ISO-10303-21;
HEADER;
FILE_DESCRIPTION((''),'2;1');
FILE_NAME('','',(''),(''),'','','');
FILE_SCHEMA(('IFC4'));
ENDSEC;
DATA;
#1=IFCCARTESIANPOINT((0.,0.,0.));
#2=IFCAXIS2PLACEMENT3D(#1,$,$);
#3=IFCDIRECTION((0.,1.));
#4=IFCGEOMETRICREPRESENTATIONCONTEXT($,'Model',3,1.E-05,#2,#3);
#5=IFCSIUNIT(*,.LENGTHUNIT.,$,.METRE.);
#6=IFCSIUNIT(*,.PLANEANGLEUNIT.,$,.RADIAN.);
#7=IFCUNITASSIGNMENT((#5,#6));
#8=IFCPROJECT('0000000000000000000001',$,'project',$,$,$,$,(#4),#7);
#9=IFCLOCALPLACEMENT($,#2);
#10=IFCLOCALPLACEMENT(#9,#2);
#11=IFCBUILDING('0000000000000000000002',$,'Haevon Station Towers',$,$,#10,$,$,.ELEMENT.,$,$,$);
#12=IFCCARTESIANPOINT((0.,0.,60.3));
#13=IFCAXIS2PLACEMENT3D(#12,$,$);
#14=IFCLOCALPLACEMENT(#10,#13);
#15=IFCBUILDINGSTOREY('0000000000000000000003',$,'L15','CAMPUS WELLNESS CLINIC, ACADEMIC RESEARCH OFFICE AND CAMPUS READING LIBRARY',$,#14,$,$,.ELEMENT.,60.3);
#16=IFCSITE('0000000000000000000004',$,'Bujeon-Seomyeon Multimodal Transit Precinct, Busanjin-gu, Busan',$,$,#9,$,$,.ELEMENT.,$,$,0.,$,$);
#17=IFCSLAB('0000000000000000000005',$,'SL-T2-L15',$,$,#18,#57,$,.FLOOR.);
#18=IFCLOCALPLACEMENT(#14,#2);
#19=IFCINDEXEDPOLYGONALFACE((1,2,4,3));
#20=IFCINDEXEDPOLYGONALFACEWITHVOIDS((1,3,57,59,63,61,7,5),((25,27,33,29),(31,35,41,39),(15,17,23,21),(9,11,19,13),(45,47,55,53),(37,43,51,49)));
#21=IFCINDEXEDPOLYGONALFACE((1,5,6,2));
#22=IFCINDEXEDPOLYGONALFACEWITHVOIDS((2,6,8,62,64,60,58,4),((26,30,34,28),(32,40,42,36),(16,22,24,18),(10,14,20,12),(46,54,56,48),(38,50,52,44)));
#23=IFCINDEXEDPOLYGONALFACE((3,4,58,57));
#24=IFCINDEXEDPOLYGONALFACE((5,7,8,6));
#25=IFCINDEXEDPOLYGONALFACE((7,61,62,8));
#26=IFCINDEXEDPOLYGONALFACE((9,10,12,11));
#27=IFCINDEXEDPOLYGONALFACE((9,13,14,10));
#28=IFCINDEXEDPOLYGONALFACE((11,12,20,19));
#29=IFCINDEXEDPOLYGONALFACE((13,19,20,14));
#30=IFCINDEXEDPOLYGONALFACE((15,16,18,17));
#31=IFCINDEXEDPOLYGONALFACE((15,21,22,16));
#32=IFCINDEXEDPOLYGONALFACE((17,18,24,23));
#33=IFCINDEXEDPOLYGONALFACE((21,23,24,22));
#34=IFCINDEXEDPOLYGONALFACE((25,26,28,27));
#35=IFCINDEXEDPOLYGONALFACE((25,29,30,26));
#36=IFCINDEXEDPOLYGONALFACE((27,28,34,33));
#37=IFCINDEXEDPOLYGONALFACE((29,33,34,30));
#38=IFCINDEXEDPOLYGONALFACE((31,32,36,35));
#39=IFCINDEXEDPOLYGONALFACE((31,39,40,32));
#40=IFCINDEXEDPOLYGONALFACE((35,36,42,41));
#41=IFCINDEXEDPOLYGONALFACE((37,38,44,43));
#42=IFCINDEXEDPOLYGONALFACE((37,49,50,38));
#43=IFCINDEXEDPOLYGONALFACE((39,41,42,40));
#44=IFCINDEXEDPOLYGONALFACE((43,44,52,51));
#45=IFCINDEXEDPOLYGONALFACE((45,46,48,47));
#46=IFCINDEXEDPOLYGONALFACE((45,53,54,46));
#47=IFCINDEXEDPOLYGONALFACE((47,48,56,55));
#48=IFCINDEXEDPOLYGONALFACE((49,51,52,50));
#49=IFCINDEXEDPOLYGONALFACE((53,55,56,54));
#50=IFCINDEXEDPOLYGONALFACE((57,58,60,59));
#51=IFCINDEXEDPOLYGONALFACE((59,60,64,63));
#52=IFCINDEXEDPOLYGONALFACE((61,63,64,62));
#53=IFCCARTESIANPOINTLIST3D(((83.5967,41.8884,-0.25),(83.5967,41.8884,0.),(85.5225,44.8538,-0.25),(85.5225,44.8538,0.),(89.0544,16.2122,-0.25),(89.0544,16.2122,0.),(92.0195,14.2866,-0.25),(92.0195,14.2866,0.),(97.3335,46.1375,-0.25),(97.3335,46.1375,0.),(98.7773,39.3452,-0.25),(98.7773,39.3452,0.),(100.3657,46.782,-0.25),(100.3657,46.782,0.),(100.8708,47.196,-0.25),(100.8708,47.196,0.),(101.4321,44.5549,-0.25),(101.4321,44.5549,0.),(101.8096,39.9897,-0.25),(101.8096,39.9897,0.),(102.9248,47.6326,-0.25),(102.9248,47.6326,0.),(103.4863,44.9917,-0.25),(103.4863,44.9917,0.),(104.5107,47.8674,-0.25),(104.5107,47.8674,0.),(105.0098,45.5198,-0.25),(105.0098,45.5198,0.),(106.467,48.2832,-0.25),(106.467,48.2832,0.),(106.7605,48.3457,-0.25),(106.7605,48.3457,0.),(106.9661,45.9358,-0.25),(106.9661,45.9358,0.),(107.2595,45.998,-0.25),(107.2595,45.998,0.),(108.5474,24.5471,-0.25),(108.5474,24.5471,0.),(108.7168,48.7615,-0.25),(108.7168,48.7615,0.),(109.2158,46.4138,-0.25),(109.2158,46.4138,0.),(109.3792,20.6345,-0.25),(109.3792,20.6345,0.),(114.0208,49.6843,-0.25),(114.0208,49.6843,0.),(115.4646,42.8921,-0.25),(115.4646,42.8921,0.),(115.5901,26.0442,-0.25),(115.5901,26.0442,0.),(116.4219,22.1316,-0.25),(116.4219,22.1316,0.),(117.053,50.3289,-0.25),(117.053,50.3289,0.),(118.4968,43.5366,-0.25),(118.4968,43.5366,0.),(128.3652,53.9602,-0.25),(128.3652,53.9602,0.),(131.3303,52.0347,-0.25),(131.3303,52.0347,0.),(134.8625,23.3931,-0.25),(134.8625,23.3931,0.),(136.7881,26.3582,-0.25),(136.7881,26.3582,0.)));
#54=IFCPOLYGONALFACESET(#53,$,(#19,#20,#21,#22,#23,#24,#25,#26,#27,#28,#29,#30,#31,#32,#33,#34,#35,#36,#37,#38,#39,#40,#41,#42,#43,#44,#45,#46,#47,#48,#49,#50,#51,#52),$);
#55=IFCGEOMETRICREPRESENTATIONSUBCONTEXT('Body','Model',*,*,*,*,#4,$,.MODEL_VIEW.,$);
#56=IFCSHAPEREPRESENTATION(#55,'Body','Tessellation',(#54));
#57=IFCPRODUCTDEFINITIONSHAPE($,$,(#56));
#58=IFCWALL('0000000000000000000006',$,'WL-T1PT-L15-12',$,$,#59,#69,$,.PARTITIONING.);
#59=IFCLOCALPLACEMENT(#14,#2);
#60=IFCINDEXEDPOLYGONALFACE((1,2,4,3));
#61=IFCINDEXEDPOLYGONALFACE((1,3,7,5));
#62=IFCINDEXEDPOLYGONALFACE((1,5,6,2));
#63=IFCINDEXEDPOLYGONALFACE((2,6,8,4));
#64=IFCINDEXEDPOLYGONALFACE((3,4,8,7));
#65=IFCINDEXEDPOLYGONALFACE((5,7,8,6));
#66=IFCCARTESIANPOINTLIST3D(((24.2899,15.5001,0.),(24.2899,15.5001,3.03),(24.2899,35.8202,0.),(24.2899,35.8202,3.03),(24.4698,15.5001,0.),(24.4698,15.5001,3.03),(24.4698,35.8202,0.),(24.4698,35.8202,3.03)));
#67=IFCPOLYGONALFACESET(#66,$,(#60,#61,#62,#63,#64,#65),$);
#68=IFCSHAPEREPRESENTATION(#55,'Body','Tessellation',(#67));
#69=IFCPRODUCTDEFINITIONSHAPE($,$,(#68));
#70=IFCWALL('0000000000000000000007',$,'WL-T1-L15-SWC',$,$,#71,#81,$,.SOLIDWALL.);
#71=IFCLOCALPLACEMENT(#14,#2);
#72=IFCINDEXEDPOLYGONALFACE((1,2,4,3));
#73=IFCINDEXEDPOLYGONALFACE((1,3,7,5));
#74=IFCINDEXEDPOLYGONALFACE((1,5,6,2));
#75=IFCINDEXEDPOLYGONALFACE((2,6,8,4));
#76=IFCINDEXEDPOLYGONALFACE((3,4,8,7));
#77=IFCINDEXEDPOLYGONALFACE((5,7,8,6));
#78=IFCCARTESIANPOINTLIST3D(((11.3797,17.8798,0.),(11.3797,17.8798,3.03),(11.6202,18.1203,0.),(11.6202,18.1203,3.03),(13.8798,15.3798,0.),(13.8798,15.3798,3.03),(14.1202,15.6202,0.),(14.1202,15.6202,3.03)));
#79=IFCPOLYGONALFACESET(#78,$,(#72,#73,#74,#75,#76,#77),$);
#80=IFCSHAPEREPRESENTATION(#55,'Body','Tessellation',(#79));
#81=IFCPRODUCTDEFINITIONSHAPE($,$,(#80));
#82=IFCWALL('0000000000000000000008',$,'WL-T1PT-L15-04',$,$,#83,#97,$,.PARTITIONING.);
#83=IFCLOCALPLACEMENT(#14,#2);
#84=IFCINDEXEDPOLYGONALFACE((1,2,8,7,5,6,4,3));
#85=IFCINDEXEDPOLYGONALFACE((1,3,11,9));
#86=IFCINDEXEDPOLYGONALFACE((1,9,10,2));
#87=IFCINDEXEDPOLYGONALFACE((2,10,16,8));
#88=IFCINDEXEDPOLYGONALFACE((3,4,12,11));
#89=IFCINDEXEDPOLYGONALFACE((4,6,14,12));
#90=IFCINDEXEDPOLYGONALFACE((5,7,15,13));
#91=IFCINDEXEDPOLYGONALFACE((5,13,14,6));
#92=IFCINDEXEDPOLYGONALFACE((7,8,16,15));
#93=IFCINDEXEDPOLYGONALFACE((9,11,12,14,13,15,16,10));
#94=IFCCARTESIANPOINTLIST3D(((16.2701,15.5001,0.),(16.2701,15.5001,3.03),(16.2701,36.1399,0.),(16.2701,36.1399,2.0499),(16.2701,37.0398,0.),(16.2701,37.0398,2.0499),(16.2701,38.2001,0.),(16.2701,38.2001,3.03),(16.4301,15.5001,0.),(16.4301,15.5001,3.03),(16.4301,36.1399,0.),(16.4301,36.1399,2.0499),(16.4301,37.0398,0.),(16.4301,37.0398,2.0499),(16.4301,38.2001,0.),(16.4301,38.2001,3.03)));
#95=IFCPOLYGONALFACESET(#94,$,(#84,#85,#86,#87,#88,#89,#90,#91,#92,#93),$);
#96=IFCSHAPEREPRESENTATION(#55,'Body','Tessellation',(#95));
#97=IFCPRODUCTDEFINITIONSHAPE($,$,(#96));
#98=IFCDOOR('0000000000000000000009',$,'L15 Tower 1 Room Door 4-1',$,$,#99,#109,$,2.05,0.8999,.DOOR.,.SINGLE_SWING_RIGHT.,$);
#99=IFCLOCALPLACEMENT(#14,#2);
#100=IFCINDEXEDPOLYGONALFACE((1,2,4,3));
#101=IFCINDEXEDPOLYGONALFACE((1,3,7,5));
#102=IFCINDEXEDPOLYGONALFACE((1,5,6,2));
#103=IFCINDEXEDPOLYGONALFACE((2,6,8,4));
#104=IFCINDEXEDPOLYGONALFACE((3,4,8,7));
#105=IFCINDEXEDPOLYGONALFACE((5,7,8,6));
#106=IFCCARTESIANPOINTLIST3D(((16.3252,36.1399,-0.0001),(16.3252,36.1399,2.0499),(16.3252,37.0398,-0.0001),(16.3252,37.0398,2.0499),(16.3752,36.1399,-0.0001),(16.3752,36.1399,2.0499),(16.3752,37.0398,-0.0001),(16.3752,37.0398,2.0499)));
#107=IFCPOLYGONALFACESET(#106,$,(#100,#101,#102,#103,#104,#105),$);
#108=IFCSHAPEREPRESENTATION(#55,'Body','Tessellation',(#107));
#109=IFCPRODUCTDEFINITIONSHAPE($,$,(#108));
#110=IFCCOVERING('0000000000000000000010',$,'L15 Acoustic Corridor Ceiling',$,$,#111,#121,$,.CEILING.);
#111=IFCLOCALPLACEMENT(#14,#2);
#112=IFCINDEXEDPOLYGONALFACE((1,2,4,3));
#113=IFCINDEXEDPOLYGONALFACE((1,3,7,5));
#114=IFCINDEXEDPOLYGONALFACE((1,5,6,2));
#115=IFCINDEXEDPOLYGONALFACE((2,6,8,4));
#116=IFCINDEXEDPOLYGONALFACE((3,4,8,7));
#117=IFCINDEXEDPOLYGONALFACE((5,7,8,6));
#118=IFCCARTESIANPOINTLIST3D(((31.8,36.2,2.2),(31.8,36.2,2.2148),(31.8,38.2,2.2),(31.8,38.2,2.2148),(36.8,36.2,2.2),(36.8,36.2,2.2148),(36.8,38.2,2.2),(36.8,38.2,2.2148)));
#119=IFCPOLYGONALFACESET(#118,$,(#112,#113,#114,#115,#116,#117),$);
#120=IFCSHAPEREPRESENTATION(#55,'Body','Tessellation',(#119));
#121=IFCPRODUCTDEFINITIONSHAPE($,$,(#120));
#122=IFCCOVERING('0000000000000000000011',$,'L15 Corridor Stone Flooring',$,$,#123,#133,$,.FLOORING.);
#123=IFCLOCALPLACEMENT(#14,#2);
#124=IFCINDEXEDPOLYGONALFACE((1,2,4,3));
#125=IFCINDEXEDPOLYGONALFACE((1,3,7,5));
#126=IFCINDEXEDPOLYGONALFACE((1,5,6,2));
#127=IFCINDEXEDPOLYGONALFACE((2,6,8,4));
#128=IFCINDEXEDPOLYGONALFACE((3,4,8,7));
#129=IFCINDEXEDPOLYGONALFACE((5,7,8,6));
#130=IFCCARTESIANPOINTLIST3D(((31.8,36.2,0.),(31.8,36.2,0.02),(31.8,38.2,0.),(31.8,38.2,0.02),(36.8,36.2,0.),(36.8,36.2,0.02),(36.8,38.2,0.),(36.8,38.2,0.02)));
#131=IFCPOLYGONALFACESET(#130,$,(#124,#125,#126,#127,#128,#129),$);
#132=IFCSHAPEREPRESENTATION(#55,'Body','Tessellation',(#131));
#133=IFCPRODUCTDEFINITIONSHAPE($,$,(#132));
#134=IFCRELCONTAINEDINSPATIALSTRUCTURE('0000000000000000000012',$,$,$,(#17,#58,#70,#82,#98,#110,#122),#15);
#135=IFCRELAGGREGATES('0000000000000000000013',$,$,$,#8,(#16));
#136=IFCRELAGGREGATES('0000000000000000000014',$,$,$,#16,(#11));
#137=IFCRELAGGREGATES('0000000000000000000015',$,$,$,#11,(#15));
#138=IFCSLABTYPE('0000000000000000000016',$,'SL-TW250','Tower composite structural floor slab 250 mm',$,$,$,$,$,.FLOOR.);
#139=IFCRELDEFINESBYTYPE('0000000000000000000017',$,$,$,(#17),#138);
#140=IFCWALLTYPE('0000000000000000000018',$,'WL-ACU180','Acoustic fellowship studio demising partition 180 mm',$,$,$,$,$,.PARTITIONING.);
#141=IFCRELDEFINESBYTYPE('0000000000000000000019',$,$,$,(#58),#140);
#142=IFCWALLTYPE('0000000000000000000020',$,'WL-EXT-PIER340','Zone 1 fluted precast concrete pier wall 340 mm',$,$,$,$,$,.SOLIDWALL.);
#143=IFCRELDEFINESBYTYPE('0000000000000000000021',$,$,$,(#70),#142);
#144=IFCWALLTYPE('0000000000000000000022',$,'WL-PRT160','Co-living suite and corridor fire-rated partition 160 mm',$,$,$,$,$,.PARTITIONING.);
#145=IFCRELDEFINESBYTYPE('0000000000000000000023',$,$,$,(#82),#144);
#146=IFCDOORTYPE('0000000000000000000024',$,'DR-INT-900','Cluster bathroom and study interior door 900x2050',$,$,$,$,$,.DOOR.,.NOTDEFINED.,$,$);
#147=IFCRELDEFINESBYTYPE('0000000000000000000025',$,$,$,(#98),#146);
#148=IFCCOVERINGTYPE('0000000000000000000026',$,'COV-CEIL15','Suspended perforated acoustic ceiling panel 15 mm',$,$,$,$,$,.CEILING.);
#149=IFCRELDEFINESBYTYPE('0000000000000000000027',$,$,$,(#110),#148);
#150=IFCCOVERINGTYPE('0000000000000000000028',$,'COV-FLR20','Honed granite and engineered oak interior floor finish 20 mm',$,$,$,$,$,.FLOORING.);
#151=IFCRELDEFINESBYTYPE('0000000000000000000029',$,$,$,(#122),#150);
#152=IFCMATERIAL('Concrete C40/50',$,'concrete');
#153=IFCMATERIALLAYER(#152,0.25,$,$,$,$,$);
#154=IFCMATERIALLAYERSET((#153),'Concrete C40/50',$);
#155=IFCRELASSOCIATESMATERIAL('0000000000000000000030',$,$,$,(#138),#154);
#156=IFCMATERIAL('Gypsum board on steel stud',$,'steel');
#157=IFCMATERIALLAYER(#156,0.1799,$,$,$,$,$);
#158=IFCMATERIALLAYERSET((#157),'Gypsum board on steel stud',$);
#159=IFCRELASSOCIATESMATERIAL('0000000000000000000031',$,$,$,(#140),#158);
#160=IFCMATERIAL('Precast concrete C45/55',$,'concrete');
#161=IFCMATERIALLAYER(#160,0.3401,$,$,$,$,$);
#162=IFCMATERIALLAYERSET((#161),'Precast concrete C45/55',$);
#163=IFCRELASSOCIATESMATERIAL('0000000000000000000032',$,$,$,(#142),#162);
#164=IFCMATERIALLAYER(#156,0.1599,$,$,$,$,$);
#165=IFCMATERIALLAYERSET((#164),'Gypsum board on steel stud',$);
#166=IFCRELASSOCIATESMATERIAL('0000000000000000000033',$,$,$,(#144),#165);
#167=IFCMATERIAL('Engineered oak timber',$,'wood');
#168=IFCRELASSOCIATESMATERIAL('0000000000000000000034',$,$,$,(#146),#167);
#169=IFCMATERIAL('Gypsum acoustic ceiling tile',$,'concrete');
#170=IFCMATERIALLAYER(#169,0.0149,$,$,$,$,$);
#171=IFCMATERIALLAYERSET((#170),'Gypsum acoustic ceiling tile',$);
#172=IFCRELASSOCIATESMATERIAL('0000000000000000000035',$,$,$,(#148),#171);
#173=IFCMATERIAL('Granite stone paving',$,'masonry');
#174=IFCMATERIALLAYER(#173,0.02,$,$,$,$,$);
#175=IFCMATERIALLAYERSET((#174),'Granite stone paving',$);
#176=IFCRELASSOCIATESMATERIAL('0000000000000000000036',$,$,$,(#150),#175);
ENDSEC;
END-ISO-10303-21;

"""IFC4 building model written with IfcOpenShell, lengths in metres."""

from ifc_helpers import new_model, si_unit, direction, frame, frame_2d, origin, place, context, subcontext, project, spatial, polyline, rectangle, outline, extrude, material, layer, layer_set, type_object, element, fill, save


model = new_model("IFC4")

# Units and contexts
model_context = context("Model", 3, precision=1e-05, world=origin(), true_north=direction((0.0, 1.0)))
body_context = subcontext(model_context, "Body", "Model", "MODEL_VIEW")
ifc_project = project(units=[si_unit("LENGTHUNIT", "METRE"), si_unit("PLANEANGLEUNIT", "RADIAN")], contexts=[model_context])

# Site, building, storey
site_placement = place(None, origin())
site = spatial("IfcSite", under=ifc_project, at=site_placement, Name="Bujeon-Seomyeon Multimodal Transit Precinct, Busanjin-gu, Busan", CompositionType="ELEMENT", RefElevation=0.0)
building_placement = place(site_placement, origin())
building = spatial("IfcBuilding", under=site, at=building_placement, Name="Haevon Station Towers", CompositionType="ELEMENT")
storey_placement = place(building_placement, frame((0.0, 0.0, 60.3)))
storey = spatial("IfcBuildingStorey", under=building, at=storey_placement, Name="L15", Description="CAMPUS WELLNESS CLINIC, ACADEMIC RESEARCH OFFICE AND CAMPUS READING LIBRARY", CompositionType="ELEMENT", Elevation=60.3)

# Shared definitions
ifc_material_1 = material(Name="Concrete C40/50", Category="concrete")

# Slab
ifc_layer_1 = layer(ifc_material_1, 0.25)
ifc_layer_set_1 = layer_set([ifc_layer_1], Name="Concrete C40/50")
slab_type_1 = type_object("IfcSlabType", Name="SL-TW250", Description="Tower composite structural floor slab 250 mm", PredefinedType="FLOOR", material=ifc_layer_set_1)
slab_1_placement = place(storey_placement, frame((0.0, 0.0, -0.25)))
element("IfcSlab", 1, at=slab_1_placement, inside=storey, type_object=slab_type_1, Name="SL-T2-L15", PredefinedType="FLOOR", context=body_context, shape_type="SweptSolid", body=[
    extrude(outline(polyline([(92.0195, 14.2866), (134.8625, 23.3931), (136.7881, 26.3582), (131.3303, 52.0347), (128.3652, 53.9602), (85.5225, 44.8538), (83.5967, 41.8884), (89.0544, 16.2122), (92.0195, 14.2866)]), holes=[polyline([(101.8096, 39.9897), (100.3657, 46.782), (97.3335, 46.1375), (98.7773, 39.3452), (101.8096, 39.9897)]), polyline([(118.4968, 43.5366), (117.053, 50.3289), (114.0208, 49.6843), (115.4646, 42.8921), (118.4968, 43.5366)]), polyline([(101.4321, 44.5549), (103.4863, 44.9917), (102.9248, 47.6326), (100.8708, 47.196), (101.4321, 44.5549)]), polyline([(105.0098, 45.5198), (106.9661, 45.9358), (106.467, 48.2832), (104.5107, 47.8674), (105.0098, 45.5198)]), polyline([(107.2595, 45.998), (109.2158, 46.4138), (108.7168, 48.7615), (106.7605, 48.3457), (107.2595, 45.998)]), polyline([(109.3792, 20.6345), (116.4219, 22.1316), (115.5901, 26.0442), (108.5474, 24.5471), (109.3792, 20.6345)])]), origin(), (0.0, 0.0, 1.0), 0.25),
])

# Walls
ifc_material_2 = material(Name="Gypsum board on steel stud", Category="steel")
ifc_layer_2 = layer(ifc_material_2, 0.1799)
ifc_layer_set_2 = layer_set([ifc_layer_2], Name="Gypsum board on steel stud")
wall_type_1 = type_object("IfcWallType", Name="WL-ACU180", Description="Acoustic fellowship studio demising partition 180 mm", PredefinedType="PARTITIONING", material=ifc_layer_set_2)
wall_1_placement = place(storey_placement, frame((24.3799, 15.5, 0.0), z_axis=(0.0, 0.0, 1.0), x_axis=(0.0, 1.0, 0.0)))
element("IfcWall", 2, at=wall_1_placement, inside=storey, type_object=wall_type_1, Name="WL-T1PT-L15-12", PredefinedType="PARTITIONING", context=body_context, shape_type="SweptSolid", body=[
    extrude(rectangle(XDim=20.3201, YDim=0.1799, at=frame_2d((10.1602, 0.0))), origin(), (0.0, 0.0, 1.0), 3.03),
])
ifc_material_3 = material(Name="Precast concrete C45/55", Category="concrete")
ifc_layer_3 = layer(ifc_material_3, 0.3401)
ifc_layer_set_3 = layer_set([ifc_layer_3], Name="Precast concrete C45/55")
wall_type_2 = type_object("IfcWallType", Name="WL-EXT-PIER340", Description="Zone 1 fluted precast concrete pier wall 340 mm", PredefinedType="SOLIDWALL", material=ifc_layer_set_3)
wall_2_placement = place(storey_placement, frame((14.0, 15.5, 0.0), z_axis=(0.0, 0.0, 1.0), x_axis=(-0.707107, 0.707107, 0.0)))
element("IfcWall", 3, at=wall_2_placement, inside=storey, type_object=wall_type_2, Name="WL-T1-L15-SWC", PredefinedType="SOLIDWALL", context=body_context, shape_type="SweptSolid", body=[
    extrude(rectangle(XDim=3.5356, YDim=0.3401, at=frame_2d((1.7678, 0.0))), origin(), (0.0, 0.0, 1.0), 3.03),
])

# Wall, opening, door
ifc_layer_4 = layer(ifc_material_2, 0.1599)
ifc_layer_set_4 = layer_set([ifc_layer_4], Name="Gypsum board on steel stud")
wall_type_3 = type_object("IfcWallType", Name="WL-PRT160", Description="Co-living suite and corridor fire-rated partition 160 mm", PredefinedType="PARTITIONING", material=ifc_layer_set_4)
wall_3_placement = place(storey_placement, frame((16.3501, 15.5, 0.0), z_axis=(0.0, 0.0, 1.0), x_axis=(0.0, 1.0, 0.0)))
wall_3 = element("IfcWall", 4, at=wall_3_placement, inside=storey, type_object=wall_type_3, Name="WL-T1PT-L15-04", PredefinedType="PARTITIONING", context=body_context, shape_type="SweptSolid", body=[
    extrude(rectangle(XDim=22.7, YDim=0.1599, at=frame_2d((11.3501, 0.0))), origin(), (0.0, 0.0, 1.0), 3.03),
])
opening_placement = place(wall_3_placement, frame((20.6399, 0.0, 0.0)))
opening = element("IfcOpeningElement", 5, at=opening_placement, cuts=wall_3, PredefinedType="OPENING", context=body_context, shape_type="SweptSolid", body=[
    extrude(rectangle(XDim=0.8999, YDim=2.05, at=frame_2d((0.45, 1.0249))), frame((0.0, 0.0898, 0.0), z_axis=(0.0, -1.0, 0.0), x_axis=(1.0, 0.0, 0.0)), (0.0, 0.0, 1.0), 0.1799),
])
ifc_material_4 = material(Name="Engineered oak timber", Category="wood")
door_type = type_object("IfcDoorType", Name="DR-INT-900", Description="Cluster bathroom and study interior door 900x2050", OperationType="NOTDEFINED", PredefinedType="DOOR", material=ifc_material_4)
door_placement = place(opening_placement, origin())
door = element("IfcDoor", 6, at=door_placement, inside=storey, type_object=door_type, Name="L15 Tower 1 Room Door 4-1", OperationType="SINGLE_SWING_RIGHT", OverallHeight=2.05, OverallWidth=0.8999, PredefinedType="DOOR", context=body_context, shape_type="SweptSolid", body=[
    extrude(rectangle(XDim=0.8999, YDim=2.05, at=frame_2d((0.45, 1.0249))), frame((0.0, 0.0249, 0.0), z_axis=(0.0, -1.0, 0.0), x_axis=(1.0, 0.0, 0.0)), (0.0, 0.0, 1.0), 0.05),
])
fill(opening, door)

# Coverings
ifc_material_5 = material(Name="Gypsum acoustic ceiling tile", Category="concrete")
ifc_layer_5 = layer(ifc_material_5, 0.0149)
ifc_layer_set_5 = layer_set([ifc_layer_5], Name="Gypsum acoustic ceiling tile")
covering_type_1 = type_object("IfcCoveringType", Name="COV-CEIL15", Description="Suspended perforated acoustic ceiling panel 15 mm", PredefinedType="CEILING", material=ifc_layer_set_5)
covering_1_placement = place(storey_placement, frame((0.0, 0.0, 2.2)))
element("IfcCovering", 7, at=covering_1_placement, inside=storey, type_object=covering_type_1, Name="L15 Acoustic Corridor Ceiling", PredefinedType="CEILING", context=body_context, shape_type="SweptSolid", body=[
    extrude(outline(polyline([(31.8, 36.2), (36.8, 36.2), (36.8, 38.2), (31.8, 38.2), (31.8, 36.2)])), origin(), (0.0, 0.0, 1.0), 0.0149),
])
ifc_material_6 = material(Name="Granite stone paving", Category="masonry")
ifc_layer_6 = layer(ifc_material_6, 0.02)
ifc_layer_set_6 = layer_set([ifc_layer_6], Name="Granite stone paving")
covering_type_2 = type_object("IfcCoveringType", Name="COV-FLR20", Description="Honed granite and engineered oak interior floor finish 20 mm", PredefinedType="FLOORING", material=ifc_layer_set_6)
covering_2_placement = place(storey_placement, origin())
element("IfcCovering", 8, at=covering_2_placement, inside=storey, type_object=covering_type_2, Name="L15 Corridor Stone Flooring", PredefinedType="FLOORING", context=body_context, shape_type="SweptSolid", body=[
    extrude(outline(polyline([(31.8, 36.2), (36.8, 36.2), (36.8, 38.2), (31.8, 38.2), (31.8, 36.2)])), origin(), (0.0, 0.0, 1.0), 0.02),
])

save(model, "model.ifc")
